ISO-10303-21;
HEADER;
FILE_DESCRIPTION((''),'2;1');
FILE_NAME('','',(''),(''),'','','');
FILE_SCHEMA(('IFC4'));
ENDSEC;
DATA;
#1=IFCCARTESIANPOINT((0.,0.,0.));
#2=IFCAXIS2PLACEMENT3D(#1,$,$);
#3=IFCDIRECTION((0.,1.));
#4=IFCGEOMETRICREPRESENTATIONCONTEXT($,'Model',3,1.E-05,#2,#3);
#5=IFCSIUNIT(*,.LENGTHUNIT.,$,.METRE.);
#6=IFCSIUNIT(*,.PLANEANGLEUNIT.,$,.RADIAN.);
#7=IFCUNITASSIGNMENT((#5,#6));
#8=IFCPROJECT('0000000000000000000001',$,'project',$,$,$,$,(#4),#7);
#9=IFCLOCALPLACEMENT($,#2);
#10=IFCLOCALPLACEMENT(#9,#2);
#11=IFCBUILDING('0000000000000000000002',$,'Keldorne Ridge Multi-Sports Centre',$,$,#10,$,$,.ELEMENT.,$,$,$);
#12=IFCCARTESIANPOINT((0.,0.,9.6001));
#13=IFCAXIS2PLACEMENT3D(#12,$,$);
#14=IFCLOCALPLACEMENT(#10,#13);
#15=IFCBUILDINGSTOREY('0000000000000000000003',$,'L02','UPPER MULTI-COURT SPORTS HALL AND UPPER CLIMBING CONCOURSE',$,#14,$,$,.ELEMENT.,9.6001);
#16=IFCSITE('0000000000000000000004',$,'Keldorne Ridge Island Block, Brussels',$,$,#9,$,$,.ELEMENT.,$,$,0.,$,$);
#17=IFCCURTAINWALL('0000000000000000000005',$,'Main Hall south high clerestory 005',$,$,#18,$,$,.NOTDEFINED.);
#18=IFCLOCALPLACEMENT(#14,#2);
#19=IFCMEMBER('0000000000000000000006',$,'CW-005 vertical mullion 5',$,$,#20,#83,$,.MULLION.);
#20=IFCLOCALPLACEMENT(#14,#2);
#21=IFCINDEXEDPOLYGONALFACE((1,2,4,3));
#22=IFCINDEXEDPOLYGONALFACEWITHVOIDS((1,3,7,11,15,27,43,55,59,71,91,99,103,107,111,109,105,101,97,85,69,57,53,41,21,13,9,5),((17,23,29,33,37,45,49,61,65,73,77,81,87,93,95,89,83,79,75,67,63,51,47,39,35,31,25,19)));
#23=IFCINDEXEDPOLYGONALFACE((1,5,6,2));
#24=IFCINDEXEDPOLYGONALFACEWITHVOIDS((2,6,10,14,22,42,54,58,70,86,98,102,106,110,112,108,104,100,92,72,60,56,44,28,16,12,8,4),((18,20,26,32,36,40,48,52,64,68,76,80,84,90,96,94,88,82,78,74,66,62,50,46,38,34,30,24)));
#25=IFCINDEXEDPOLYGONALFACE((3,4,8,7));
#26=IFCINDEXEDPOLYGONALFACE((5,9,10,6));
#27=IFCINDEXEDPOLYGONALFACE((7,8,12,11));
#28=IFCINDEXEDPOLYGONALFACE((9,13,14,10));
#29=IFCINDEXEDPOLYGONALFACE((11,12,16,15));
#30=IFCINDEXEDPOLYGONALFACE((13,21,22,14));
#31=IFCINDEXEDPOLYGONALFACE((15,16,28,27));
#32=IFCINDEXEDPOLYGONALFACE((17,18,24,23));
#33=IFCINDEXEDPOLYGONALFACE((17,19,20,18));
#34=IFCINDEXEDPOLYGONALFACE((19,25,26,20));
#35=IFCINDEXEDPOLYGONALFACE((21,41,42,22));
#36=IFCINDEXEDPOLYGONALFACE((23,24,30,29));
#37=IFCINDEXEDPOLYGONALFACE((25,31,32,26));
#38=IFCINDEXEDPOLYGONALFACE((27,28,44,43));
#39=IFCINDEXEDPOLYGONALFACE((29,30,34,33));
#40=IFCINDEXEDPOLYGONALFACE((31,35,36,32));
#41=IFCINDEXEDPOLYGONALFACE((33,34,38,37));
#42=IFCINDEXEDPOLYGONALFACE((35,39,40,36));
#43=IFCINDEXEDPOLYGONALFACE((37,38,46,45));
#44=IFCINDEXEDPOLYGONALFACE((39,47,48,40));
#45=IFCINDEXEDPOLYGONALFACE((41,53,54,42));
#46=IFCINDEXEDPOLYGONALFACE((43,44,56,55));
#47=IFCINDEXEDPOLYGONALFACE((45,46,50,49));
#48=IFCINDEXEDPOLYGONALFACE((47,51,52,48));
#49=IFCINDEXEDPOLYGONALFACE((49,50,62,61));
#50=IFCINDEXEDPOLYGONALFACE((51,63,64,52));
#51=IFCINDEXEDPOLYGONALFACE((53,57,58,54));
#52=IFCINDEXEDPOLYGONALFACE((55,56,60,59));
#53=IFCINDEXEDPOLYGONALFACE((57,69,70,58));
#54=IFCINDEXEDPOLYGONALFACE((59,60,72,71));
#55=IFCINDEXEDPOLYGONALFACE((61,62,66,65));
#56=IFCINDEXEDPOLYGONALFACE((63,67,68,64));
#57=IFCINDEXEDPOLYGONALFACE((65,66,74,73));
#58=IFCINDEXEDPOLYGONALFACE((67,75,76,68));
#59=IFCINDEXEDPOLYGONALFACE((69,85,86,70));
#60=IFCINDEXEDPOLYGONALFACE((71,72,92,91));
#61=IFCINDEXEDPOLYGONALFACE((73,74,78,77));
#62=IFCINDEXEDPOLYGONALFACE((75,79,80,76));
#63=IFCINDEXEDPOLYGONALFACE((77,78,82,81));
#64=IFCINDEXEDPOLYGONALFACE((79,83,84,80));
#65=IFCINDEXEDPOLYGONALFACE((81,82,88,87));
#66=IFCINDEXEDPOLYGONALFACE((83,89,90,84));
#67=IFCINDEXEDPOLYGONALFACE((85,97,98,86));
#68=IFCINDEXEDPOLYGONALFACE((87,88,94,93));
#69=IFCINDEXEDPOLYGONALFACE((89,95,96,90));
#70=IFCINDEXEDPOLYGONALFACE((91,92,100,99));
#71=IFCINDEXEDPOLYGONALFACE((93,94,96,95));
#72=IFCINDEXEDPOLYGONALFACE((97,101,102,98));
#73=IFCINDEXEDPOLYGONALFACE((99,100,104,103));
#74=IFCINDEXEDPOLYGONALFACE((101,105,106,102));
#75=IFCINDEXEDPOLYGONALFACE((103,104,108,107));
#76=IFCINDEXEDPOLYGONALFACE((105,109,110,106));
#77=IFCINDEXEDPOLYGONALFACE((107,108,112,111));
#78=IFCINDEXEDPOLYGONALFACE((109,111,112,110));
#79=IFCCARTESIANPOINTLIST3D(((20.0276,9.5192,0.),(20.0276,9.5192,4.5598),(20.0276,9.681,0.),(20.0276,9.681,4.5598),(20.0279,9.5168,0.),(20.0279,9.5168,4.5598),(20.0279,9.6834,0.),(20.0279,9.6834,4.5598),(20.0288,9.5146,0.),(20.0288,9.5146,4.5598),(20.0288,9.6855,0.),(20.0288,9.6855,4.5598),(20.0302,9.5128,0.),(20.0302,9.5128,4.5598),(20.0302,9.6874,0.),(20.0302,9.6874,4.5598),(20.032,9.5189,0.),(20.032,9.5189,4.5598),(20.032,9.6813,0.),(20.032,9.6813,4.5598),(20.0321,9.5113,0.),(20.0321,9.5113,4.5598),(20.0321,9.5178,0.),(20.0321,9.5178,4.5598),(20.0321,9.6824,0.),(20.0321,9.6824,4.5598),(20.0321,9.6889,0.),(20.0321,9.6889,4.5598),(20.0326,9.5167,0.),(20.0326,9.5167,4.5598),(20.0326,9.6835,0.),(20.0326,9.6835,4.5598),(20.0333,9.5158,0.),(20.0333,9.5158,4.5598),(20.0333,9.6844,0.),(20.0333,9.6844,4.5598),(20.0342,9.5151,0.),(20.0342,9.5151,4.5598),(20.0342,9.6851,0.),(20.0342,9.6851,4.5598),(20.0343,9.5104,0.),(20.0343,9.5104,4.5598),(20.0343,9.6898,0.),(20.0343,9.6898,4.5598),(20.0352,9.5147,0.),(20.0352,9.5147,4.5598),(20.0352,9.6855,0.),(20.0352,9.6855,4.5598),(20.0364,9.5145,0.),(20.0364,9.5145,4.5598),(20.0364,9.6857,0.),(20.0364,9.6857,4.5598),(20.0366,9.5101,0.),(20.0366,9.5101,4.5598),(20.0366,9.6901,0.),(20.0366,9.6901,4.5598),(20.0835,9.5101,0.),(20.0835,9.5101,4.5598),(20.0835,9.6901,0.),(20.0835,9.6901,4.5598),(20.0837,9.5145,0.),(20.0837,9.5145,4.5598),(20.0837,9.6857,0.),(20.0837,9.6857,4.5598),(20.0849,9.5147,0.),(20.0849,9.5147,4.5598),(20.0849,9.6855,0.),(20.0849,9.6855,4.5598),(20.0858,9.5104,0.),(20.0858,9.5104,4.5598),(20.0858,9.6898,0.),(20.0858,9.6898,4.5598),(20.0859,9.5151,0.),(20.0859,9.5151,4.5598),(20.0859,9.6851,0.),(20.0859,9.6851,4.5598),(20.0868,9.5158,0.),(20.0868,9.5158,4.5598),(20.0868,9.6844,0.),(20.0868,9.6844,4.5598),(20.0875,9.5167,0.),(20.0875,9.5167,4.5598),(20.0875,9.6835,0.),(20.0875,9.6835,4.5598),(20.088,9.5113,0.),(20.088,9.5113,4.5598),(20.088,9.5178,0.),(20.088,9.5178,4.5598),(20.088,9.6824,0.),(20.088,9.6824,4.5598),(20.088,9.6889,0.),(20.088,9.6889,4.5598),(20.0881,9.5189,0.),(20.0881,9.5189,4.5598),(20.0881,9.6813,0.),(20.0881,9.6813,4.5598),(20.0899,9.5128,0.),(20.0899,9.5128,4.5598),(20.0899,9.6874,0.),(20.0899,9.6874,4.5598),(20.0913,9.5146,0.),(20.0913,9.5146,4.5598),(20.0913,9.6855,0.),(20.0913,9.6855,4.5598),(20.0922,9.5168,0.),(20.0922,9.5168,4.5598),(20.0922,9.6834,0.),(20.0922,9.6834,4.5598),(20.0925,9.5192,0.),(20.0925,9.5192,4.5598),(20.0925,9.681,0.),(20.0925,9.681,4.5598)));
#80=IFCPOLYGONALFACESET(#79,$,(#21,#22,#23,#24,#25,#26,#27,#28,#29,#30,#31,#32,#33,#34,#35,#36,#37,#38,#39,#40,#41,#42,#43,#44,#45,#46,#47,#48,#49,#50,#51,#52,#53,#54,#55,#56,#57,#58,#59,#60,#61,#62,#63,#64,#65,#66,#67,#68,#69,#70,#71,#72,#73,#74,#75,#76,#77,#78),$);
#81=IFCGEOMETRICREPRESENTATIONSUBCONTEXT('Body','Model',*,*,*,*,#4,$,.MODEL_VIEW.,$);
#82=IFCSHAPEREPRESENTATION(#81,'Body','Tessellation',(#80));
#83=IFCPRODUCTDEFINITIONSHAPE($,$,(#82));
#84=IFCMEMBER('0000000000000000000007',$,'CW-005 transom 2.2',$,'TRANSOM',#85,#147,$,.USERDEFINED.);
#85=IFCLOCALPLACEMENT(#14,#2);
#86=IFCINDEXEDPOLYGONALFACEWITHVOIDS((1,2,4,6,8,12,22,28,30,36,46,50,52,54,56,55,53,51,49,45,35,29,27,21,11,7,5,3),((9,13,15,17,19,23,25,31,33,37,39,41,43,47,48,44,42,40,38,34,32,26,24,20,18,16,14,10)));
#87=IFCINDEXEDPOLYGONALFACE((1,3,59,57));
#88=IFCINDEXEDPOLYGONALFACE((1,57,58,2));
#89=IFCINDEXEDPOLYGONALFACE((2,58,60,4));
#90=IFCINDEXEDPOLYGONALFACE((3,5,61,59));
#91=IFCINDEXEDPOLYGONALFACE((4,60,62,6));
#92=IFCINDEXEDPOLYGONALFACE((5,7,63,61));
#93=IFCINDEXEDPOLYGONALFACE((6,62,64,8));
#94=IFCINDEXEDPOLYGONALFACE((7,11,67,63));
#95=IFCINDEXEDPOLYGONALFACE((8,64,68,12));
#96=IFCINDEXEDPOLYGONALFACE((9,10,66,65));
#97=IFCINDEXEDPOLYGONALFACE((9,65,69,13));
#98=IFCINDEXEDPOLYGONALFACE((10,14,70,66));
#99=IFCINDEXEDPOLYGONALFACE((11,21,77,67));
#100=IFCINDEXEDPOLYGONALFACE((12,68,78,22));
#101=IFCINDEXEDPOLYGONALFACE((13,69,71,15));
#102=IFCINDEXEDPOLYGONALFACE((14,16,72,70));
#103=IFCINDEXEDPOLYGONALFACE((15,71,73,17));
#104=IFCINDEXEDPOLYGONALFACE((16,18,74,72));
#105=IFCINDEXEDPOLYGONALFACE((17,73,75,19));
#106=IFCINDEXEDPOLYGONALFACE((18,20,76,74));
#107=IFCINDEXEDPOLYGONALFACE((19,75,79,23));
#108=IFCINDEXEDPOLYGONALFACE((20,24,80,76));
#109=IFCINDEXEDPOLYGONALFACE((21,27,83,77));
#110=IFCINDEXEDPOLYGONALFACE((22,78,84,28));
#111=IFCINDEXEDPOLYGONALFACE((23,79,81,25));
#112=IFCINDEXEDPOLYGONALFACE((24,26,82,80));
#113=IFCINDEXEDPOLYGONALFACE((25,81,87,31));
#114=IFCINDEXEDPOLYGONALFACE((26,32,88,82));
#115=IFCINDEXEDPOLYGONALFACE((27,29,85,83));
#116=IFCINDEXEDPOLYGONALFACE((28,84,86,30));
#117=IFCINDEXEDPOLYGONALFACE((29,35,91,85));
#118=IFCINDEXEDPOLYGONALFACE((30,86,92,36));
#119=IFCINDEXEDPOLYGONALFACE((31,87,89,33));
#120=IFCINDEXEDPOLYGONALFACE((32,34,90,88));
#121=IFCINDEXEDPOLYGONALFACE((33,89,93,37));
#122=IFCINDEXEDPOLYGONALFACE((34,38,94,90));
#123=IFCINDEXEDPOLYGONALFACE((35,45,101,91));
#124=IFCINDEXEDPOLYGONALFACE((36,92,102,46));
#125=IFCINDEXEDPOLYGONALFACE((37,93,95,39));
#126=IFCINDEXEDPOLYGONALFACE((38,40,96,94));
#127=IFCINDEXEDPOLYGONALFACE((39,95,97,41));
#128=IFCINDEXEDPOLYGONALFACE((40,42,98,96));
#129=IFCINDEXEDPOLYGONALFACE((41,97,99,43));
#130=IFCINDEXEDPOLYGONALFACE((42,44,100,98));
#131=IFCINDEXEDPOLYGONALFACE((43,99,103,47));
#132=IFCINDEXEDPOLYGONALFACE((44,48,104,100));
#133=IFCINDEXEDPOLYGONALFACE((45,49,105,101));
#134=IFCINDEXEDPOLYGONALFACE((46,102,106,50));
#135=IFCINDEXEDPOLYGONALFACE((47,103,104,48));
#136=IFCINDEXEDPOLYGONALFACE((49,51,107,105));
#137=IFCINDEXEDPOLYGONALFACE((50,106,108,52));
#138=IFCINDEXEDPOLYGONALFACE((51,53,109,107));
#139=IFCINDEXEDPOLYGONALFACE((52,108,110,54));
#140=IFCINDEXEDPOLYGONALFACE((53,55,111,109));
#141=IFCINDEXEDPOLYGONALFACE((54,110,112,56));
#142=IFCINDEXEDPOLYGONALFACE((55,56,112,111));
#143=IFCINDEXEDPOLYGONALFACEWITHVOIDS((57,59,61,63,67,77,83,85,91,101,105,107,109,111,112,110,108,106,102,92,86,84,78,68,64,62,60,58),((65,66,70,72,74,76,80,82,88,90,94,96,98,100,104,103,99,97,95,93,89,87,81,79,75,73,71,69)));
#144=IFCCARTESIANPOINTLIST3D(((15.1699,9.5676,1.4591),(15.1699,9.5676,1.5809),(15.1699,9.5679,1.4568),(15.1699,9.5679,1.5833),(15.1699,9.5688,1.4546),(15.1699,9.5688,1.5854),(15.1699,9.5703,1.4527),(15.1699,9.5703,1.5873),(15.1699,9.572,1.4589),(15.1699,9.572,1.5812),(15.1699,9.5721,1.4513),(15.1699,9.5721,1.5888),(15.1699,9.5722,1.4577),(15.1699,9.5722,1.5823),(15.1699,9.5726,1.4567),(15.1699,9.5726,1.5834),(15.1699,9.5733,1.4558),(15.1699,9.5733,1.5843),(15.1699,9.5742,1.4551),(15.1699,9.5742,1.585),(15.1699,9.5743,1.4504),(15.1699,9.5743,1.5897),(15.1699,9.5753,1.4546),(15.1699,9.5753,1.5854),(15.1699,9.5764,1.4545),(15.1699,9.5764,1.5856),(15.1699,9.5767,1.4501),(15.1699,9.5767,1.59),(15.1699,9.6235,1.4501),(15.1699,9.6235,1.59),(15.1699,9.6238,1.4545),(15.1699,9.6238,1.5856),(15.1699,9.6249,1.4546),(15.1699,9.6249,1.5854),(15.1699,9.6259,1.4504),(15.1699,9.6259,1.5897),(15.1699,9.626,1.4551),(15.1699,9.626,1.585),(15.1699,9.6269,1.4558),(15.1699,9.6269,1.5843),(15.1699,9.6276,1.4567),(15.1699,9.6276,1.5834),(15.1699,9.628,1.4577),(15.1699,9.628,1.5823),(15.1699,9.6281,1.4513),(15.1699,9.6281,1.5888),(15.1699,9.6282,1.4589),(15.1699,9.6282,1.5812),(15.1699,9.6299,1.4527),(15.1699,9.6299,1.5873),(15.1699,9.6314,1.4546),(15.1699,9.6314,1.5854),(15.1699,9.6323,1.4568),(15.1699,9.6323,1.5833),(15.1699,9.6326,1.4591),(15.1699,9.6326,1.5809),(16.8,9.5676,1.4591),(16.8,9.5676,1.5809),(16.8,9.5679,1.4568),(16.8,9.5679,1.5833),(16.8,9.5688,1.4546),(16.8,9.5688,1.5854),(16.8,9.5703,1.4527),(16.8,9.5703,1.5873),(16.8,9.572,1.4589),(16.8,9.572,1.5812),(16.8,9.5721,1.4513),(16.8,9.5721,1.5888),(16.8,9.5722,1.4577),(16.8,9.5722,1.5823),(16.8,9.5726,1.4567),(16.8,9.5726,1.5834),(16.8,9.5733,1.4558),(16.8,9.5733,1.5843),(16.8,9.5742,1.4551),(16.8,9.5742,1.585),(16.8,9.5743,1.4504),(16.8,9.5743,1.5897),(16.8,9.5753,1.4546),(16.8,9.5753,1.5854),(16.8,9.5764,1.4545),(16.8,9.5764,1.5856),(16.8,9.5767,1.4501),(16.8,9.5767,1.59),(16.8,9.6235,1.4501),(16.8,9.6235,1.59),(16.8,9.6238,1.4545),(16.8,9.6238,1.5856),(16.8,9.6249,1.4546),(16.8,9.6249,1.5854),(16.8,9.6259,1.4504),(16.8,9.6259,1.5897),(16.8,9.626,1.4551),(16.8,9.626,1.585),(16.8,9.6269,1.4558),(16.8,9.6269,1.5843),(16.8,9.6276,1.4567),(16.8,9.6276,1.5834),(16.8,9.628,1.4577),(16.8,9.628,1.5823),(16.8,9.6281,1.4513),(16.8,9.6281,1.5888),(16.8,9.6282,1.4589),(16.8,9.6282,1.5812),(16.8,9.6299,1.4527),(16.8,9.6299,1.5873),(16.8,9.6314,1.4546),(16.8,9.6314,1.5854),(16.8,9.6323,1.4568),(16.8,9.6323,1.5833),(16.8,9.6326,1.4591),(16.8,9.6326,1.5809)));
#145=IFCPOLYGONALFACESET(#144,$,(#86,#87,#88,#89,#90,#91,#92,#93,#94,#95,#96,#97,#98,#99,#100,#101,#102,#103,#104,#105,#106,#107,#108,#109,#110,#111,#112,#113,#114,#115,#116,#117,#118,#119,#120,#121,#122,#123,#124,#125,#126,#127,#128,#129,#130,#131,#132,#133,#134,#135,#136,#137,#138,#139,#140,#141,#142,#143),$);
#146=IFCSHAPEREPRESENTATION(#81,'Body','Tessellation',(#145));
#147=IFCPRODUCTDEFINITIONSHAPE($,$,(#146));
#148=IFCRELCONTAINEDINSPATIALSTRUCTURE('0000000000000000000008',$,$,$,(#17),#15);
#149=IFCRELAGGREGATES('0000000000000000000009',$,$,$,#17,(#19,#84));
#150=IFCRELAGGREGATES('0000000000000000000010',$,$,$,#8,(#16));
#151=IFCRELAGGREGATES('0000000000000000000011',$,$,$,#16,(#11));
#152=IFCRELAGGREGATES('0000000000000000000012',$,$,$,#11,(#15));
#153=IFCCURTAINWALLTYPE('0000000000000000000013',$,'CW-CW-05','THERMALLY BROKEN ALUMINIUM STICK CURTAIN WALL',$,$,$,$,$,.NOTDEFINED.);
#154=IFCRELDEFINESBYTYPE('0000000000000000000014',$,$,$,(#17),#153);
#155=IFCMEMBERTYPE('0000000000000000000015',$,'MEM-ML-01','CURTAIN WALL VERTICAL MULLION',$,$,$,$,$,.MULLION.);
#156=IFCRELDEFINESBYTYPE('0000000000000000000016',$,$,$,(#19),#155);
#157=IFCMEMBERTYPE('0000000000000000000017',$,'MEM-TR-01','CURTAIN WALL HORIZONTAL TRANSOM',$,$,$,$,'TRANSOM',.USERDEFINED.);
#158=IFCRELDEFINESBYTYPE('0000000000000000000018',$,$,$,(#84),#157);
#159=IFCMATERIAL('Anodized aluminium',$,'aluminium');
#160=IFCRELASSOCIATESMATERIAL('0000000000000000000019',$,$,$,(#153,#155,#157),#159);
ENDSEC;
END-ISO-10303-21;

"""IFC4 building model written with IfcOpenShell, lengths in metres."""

from ifc_helpers import new_model, si_unit, direction, frame, origin, origin_2d, place, context, subcontext, project, spatial, hollow_rectangle, extrude, material, material_profile, profile_set, type_object, element, aggregate, save


model = new_model("IFC4")

# Units and contexts
model_context = context("Model", 3, precision=1e-05, world=origin(), true_north=direction((0.0, 1.0)))
body_context = subcontext(model_context, "Body", "Model", "MODEL_VIEW")
ifc_project = project(units=[si_unit("LENGTHUNIT", "METRE"), si_unit("PLANEANGLEUNIT", "RADIAN")], contexts=[model_context])

# Site, building, storey
site_placement = place(None, origin())
site = spatial("IfcSite", under=ifc_project, at=site_placement, Name="Keldorne Ridge Island Block, Brussels", CompositionType="ELEMENT", RefElevation=0.0)
building_placement = place(site_placement, origin())
building = spatial("IfcBuilding", under=site, at=building_placement, Name="Keldorne Ridge Multi-Sports Centre", CompositionType="ELEMENT")
storey_placement = place(building_placement, frame((0.0, 0.0, 9.6001)))
storey = spatial("IfcBuildingStorey", under=building, at=storey_placement, Name="L02", Description="UPPER MULTI-COURT SPORTS HALL AND UPPER CLIMBING CONCOURSE", CompositionType="ELEMENT", Elevation=9.6001)

# Curtain wall, members
ifc_material_1 = material(Name="Anodized aluminium", Category="aluminium")
curtain_wall_type = type_object("IfcCurtainWallType", Name="CW-CW-05", Description="THERMALLY BROKEN ALUMINIUM STICK CURTAIN WALL", PredefinedType="NOTDEFINED", material=ifc_material_1)
curtain_wall_placement = place(storey_placement, origin())
curtain_wall = element("IfcCurtainWall", 1, at=curtain_wall_placement, inside=storey, type_object=curtain_wall_type, Name="Main Hall south high clerestory 005", PredefinedType="NOTDEFINED")
ifc_material_profile_1 = material_profile(ifc_material_1, hollow_rectangle(XDim=0.0649, YDim=0.1799, WallThickness=0.0044, InnerFilletRadius=0.0044, OuterFilletRadius=0.009, at=origin_2d()), Name="ALU MULLION 180x65x4.5")
ifc_profile_set_1 = profile_set([ifc_material_profile_1], Name="Anodized aluminium")
member_type_1 = type_object("IfcMemberType", Name="MEM-ML-01", Description="CURTAIN WALL VERTICAL MULLION", PredefinedType="MULLION", material=ifc_profile_set_1)
member_1_placement = place(storey_placement, frame((20.0601, 9.6001, 0.0), z_axis=(0.0, 0.0, 1.0), x_axis=(1.0, 0.0, 0.0)))
member_1 = element("IfcMember", 2, at=member_1_placement, type_object=member_type_1, Name="CW-005 vertical mullion 5", PredefinedType="MULLION", context=body_context, shape_type="SweptSolid", body=[
    extrude(hollow_rectangle(XDim=0.0649, YDim=0.1799, WallThickness=0.0044, InnerFilletRadius=0.0044, OuterFilletRadius=0.009, at=origin_2d()), origin(), (0.0, 0.0, 1.0), 4.5598),
])
ifc_material_profile_2 = material_profile(ifc_material_1, hollow_rectangle(XDim=0.0649, YDim=0.1399, WallThickness=0.0044, InnerFilletRadius=0.0044, OuterFilletRadius=0.009, at=origin_2d()), Name="ALU TRANSOM 140x65x4.5")
ifc_profile_set_2 = profile_set([ifc_material_profile_2], Name="Anodized aluminium")
member_type_2 = type_object("IfcMemberType", Name="MEM-TR-01", Description="CURTAIN WALL HORIZONTAL TRANSOM", ElementType="TRANSOM", PredefinedType="USERDEFINED", material=ifc_profile_set_2)
member_2_placement = place(storey_placement, frame((15.1699, 9.6001, 1.52), z_axis=(1.0, 0.0, 0.0), x_axis=(0.0, 1.0, 0.0)))
member_2 = element("IfcMember", 3, at=member_2_placement, type_object=member_type_2, Name="CW-005 transom 2.2", ObjectType="TRANSOM", PredefinedType="USERDEFINED", context=body_context, shape_type="SweptSolid", body=[
    extrude(hollow_rectangle(XDim=0.0649, YDim=0.1399, WallThickness=0.0044, InnerFilletRadius=0.0044, OuterFilletRadius=0.009, at=origin_2d()), origin(), (0.0, 0.0, 1.0), 1.6301),
])
aggregate(curtain_wall, [member_1, member_2])

save(model, "model.ifc")
